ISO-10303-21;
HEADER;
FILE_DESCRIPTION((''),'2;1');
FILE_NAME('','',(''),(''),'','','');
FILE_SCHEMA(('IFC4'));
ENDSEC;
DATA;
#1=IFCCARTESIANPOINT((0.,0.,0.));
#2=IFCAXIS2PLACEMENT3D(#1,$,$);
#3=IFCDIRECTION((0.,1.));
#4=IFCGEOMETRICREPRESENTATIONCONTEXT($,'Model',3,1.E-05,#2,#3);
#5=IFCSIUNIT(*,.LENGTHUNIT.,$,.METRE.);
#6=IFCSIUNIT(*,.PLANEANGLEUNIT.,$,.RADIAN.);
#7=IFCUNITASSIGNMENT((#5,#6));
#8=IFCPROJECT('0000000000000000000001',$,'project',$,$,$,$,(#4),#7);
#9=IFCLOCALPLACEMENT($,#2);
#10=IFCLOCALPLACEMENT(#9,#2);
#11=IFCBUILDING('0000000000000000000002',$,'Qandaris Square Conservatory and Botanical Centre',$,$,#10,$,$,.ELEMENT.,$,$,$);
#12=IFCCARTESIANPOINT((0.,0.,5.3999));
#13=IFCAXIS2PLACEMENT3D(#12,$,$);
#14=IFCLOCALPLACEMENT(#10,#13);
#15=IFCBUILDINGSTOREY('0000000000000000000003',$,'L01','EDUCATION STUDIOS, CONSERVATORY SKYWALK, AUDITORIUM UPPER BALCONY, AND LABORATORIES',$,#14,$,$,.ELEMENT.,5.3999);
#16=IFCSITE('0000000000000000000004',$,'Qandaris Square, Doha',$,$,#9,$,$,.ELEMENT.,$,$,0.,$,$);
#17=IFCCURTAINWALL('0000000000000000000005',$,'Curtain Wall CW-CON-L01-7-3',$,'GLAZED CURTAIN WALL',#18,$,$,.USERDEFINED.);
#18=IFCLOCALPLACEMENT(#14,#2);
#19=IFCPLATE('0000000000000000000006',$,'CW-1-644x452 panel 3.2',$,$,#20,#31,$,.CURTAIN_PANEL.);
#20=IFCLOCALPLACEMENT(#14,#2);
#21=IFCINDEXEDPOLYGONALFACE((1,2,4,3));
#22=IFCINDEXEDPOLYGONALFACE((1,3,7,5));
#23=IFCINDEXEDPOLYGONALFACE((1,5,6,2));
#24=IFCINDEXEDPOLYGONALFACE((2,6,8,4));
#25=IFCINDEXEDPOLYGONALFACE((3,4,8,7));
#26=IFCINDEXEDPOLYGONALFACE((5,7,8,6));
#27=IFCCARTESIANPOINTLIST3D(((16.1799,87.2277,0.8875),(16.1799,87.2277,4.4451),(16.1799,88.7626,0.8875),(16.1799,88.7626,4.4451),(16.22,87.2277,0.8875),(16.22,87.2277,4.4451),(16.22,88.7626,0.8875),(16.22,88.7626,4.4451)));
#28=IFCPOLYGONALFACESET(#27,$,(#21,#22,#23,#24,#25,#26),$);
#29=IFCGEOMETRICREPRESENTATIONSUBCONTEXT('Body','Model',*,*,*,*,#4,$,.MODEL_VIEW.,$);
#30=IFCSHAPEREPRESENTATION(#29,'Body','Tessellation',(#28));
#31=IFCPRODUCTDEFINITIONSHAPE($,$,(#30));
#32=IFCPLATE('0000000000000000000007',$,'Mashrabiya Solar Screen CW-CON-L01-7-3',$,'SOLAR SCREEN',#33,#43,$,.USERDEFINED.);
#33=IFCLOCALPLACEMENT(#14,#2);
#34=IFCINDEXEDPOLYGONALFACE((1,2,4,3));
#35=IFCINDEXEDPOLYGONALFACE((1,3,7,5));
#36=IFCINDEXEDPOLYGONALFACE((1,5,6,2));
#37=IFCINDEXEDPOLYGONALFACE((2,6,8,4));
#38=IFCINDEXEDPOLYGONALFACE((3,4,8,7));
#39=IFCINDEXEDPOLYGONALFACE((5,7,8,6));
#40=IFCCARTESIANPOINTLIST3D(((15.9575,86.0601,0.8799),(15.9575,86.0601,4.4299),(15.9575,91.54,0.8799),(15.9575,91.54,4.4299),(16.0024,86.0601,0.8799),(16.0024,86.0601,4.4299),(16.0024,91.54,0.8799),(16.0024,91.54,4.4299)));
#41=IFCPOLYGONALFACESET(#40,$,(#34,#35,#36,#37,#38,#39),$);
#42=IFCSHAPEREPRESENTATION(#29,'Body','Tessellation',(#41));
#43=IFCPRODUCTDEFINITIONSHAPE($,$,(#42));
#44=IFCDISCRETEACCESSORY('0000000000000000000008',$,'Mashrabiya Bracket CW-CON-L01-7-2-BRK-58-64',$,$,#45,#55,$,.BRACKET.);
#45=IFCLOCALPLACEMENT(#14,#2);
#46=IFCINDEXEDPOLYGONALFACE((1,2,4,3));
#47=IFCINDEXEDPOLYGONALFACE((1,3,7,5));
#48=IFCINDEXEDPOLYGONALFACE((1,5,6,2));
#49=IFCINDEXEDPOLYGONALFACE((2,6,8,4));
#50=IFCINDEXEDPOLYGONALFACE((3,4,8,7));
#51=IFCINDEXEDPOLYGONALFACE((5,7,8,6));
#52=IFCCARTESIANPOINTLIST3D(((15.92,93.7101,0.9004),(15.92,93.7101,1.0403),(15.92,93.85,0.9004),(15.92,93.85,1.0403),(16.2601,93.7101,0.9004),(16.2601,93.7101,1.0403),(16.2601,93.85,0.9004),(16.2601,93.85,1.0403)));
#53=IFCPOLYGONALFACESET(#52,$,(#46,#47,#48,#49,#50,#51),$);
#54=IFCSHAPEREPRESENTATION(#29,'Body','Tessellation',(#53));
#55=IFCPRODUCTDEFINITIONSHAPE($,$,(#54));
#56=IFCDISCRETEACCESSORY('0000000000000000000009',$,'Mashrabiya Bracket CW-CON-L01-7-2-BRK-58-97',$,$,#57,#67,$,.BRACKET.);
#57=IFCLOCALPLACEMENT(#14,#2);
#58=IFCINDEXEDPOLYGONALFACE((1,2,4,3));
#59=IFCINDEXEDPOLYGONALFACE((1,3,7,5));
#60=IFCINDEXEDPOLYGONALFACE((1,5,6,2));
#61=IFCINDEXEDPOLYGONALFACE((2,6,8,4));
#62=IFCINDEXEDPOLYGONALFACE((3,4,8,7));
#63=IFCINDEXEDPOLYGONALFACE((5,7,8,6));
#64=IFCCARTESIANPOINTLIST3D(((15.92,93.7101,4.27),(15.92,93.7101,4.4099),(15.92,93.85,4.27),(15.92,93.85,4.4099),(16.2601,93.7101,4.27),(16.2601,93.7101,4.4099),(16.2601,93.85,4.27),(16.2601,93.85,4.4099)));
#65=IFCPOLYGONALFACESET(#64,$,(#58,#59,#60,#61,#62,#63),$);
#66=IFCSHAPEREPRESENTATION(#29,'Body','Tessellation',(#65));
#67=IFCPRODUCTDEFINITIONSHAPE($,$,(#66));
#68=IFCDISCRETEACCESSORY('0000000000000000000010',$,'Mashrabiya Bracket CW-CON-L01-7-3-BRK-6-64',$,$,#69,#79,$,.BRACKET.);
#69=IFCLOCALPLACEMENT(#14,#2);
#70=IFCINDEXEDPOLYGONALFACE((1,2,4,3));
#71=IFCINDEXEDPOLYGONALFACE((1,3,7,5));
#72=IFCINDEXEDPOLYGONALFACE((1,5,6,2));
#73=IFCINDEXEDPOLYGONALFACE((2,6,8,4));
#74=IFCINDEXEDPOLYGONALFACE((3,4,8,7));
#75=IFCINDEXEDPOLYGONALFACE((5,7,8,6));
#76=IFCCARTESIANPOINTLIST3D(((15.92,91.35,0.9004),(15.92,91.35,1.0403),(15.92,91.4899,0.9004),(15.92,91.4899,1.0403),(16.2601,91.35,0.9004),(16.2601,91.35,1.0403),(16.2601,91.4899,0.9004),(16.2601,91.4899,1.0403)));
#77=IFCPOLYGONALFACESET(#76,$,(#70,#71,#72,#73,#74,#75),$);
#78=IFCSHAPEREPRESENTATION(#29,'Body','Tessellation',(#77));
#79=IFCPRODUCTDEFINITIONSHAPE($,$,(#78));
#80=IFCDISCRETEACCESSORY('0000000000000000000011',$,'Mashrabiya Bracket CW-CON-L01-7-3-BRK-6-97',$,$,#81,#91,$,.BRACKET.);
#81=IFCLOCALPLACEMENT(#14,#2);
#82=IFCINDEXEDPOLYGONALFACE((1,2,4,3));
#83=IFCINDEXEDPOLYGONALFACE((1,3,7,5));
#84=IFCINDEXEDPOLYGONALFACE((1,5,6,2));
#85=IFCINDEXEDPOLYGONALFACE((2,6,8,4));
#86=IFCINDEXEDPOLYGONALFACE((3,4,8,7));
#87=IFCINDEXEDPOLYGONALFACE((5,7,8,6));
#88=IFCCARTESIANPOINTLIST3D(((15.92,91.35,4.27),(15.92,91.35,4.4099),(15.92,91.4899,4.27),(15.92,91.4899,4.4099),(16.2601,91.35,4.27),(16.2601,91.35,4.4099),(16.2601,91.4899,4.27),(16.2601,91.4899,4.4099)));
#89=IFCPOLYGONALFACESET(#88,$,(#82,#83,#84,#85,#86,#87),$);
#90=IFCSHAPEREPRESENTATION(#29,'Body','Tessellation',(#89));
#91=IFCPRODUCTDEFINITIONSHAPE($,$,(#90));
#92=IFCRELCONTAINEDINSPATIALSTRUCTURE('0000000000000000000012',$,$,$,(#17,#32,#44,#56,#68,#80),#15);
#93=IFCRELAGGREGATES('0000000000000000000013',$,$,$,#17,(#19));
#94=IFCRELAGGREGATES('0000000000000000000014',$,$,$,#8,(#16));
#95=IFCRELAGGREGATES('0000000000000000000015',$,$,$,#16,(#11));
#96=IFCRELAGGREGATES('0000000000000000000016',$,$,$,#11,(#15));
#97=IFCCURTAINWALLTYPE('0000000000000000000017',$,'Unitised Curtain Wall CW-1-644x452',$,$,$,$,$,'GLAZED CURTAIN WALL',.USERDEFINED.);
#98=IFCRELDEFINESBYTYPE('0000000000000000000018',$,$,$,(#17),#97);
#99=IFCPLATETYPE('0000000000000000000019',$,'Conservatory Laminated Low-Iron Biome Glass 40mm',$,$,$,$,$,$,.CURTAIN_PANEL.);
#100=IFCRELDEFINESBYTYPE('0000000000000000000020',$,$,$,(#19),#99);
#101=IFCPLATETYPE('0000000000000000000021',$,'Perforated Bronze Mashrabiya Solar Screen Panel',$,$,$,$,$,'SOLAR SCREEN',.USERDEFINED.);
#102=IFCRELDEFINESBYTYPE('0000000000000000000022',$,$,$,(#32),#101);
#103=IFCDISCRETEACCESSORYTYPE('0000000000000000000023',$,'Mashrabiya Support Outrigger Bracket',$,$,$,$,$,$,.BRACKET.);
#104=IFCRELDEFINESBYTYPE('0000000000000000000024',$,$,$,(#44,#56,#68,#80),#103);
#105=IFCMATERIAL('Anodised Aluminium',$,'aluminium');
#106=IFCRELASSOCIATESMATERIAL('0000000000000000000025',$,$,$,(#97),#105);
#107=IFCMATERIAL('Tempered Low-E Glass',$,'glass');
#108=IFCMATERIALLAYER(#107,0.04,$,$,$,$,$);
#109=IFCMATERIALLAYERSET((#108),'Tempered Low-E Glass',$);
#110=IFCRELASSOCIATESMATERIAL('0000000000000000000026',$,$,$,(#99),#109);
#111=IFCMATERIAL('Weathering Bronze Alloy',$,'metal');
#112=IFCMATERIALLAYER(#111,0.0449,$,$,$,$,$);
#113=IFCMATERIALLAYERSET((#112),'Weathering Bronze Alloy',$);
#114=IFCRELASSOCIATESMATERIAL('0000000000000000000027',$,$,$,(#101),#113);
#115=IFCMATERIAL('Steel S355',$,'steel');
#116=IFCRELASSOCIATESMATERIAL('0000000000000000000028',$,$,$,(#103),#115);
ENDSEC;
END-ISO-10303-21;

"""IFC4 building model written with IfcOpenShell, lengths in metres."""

from ifc_helpers import new_model, si_unit, direction, frame, origin, origin_2d, place, context, subcontext, project, spatial, rectangle, extrude, material, layer, layer_set, type_object, element, aggregate, save


model = new_model("IFC4")

# Units and contexts
model_context = context("Model", 3, precision=1e-05, world=origin(), true_north=direction((0.0, 1.0)))
body_context = subcontext(model_context, "Body", "Model", "MODEL_VIEW")
ifc_project = project(units=[si_unit("LENGTHUNIT", "METRE"), si_unit("PLANEANGLEUNIT", "RADIAN")], contexts=[model_context])

# Site, building, storey
site_placement = place(None, origin())
site = spatial("IfcSite", under=ifc_project, at=site_placement, Name="Qandaris Square, Doha", CompositionType="ELEMENT", RefElevation=0.0)
building_placement = place(site_placement, origin())
building = spatial("IfcBuilding", under=site, at=building_placement, Name="Qandaris Square Conservatory and Botanical Centre", CompositionType="ELEMENT")
storey_placement = place(building_placement, frame((0.0, 0.0, 5.3999)))
storey = spatial("IfcBuildingStorey", under=building, at=storey_placement, Name="L01", Description="EDUCATION STUDIOS, CONSERVATORY SKYWALK, AUDITORIUM UPPER BALCONY, AND LABORATORIES", CompositionType="ELEMENT", Elevation=5.3999)

# Shared definitions
ifc_material_1 = material(Name="Steel S355", Category="steel")

# Shared definitions
ifc_material_2 = material(Name="Anodised Aluminium", Category="aluminium")
curtain_wall_type = type_object("IfcCurtainWallType", Name="Unitised Curtain Wall CW-1-644x452", ElementType="GLAZED CURTAIN WALL", PredefinedType="USERDEFINED", material=ifc_material_2)

# Curtain wall, plate
curtain_wall_1_placement = place(storey_placement, origin())
curtain_wall_1 = element("IfcCurtainWall", 1, at=curtain_wall_1_placement, inside=storey, type_object=curtain_wall_type, Name="Curtain Wall CW-CON-L01-7-3", ObjectType="GLAZED CURTAIN WALL", PredefinedType="USERDEFINED")
ifc_material_3 = material(Name="Tempered Low-E Glass", Category="glass")
ifc_layer_1 = layer(ifc_material_3, 0.04)
ifc_layer_set_1 = layer_set([ifc_layer_1], Name="Tempered Low-E Glass")
plate_type_1 = type_object("IfcPlateType", Name="Conservatory Laminated Low-Iron Biome Glass 40mm", PredefinedType="CURTAIN_PANEL", material=ifc_layer_set_1)
plate_1_placement = place(storey_placement, frame((16.2, 87.9951, 0.8875), z_axis=(0.0, 0.0, 1.0), x_axis=(0.0, -1.0, 0.0)))
plate_1 = element("IfcPlate", 2, at=plate_1_placement, type_object=plate_type_1, Name="CW-1-644x452 panel 3.2", PredefinedType="CURTAIN_PANEL", context=body_context, shape_type="SweptSolid", body=[
    extrude(rectangle(XDim=1.5349, YDim=0.04, at=origin_2d()), origin(), (0.0, 0.0, 1.0), 3.5576),
])
aggregate(curtain_wall_1, [plate_1])

# Plate
ifc_material_4 = material(Name="Weathering Bronze Alloy", Category="metal")
ifc_layer_2 = layer(ifc_material_4, 0.0449)
ifc_layer_set_2 = layer_set([ifc_layer_2], Name="Weathering Bronze Alloy")
plate_type_2 = type_object("IfcPlateType", Name="Perforated Bronze Mashrabiya Solar Screen Panel", ElementType="SOLAR SCREEN", PredefinedType="USERDEFINED", material=ifc_layer_set_2)
plate_2_placement = place(storey_placement, frame((15.98, 88.8, 0.8799), z_axis=(0.0, 0.0, 1.0), x_axis=(0.0, -1.0, 0.0)))
element("IfcPlate", 3, at=plate_2_placement, inside=storey, type_object=plate_type_2, Name="Mashrabiya Solar Screen CW-CON-L01-7-3", ObjectType="SOLAR SCREEN", PredefinedType="USERDEFINED", context=body_context, shape_type="SweptSolid", body=[
    extrude(rectangle(XDim=5.48, YDim=0.0449, at=origin_2d()), origin(), (0.0, 0.0, 1.0), 3.55),
])

# Discrete accessories
discrete_accessory_type = type_object("IfcDiscreteAccessoryType", Name="Mashrabiya Support Outrigger Bracket", PredefinedType="BRACKET", material=ifc_material_1)
for number, where, z_axis, x_axis, name in (
    (4, (16.0901, 93.78, 0.9004), (0.0, 0.0, 1.0), (0.0, -1.0, 0.0), "Mashrabiya Bracket CW-CON-L01-7-2-BRK-58-64"),
    (5, (16.0901, 93.78, 4.27), (0.0, 0.0, 1.0), (0.0, -1.0, 0.0), "Mashrabiya Bracket CW-CON-L01-7-2-BRK-58-97"),
    (6, (16.0901, 91.4199, 0.9004), (0.0, 0.0, 1.0), (0.0, -1.0, 0.0), "Mashrabiya Bracket CW-CON-L01-7-3-BRK-6-64"),
    (7, (16.0901, 91.4199, 4.27), (0.0, 0.0, 1.0), (0.0, -1.0, 0.0), "Mashrabiya Bracket CW-CON-L01-7-3-BRK-6-97"),
):
    element("IfcDiscreteAccessory", number, at=place(storey_placement, frame(where, z_axis=z_axis, x_axis=x_axis)), inside=storey, type_object=discrete_accessory_type, Name=name, PredefinedType="BRACKET", context=body_context, shape_type="SweptSolid", body=[
        extrude(rectangle(XDim=0.1399, YDim=0.3401, at=origin_2d()), origin(), (0.0, 0.0, 1.0), 0.1399),
    ])

save(model, "model.ifc")
